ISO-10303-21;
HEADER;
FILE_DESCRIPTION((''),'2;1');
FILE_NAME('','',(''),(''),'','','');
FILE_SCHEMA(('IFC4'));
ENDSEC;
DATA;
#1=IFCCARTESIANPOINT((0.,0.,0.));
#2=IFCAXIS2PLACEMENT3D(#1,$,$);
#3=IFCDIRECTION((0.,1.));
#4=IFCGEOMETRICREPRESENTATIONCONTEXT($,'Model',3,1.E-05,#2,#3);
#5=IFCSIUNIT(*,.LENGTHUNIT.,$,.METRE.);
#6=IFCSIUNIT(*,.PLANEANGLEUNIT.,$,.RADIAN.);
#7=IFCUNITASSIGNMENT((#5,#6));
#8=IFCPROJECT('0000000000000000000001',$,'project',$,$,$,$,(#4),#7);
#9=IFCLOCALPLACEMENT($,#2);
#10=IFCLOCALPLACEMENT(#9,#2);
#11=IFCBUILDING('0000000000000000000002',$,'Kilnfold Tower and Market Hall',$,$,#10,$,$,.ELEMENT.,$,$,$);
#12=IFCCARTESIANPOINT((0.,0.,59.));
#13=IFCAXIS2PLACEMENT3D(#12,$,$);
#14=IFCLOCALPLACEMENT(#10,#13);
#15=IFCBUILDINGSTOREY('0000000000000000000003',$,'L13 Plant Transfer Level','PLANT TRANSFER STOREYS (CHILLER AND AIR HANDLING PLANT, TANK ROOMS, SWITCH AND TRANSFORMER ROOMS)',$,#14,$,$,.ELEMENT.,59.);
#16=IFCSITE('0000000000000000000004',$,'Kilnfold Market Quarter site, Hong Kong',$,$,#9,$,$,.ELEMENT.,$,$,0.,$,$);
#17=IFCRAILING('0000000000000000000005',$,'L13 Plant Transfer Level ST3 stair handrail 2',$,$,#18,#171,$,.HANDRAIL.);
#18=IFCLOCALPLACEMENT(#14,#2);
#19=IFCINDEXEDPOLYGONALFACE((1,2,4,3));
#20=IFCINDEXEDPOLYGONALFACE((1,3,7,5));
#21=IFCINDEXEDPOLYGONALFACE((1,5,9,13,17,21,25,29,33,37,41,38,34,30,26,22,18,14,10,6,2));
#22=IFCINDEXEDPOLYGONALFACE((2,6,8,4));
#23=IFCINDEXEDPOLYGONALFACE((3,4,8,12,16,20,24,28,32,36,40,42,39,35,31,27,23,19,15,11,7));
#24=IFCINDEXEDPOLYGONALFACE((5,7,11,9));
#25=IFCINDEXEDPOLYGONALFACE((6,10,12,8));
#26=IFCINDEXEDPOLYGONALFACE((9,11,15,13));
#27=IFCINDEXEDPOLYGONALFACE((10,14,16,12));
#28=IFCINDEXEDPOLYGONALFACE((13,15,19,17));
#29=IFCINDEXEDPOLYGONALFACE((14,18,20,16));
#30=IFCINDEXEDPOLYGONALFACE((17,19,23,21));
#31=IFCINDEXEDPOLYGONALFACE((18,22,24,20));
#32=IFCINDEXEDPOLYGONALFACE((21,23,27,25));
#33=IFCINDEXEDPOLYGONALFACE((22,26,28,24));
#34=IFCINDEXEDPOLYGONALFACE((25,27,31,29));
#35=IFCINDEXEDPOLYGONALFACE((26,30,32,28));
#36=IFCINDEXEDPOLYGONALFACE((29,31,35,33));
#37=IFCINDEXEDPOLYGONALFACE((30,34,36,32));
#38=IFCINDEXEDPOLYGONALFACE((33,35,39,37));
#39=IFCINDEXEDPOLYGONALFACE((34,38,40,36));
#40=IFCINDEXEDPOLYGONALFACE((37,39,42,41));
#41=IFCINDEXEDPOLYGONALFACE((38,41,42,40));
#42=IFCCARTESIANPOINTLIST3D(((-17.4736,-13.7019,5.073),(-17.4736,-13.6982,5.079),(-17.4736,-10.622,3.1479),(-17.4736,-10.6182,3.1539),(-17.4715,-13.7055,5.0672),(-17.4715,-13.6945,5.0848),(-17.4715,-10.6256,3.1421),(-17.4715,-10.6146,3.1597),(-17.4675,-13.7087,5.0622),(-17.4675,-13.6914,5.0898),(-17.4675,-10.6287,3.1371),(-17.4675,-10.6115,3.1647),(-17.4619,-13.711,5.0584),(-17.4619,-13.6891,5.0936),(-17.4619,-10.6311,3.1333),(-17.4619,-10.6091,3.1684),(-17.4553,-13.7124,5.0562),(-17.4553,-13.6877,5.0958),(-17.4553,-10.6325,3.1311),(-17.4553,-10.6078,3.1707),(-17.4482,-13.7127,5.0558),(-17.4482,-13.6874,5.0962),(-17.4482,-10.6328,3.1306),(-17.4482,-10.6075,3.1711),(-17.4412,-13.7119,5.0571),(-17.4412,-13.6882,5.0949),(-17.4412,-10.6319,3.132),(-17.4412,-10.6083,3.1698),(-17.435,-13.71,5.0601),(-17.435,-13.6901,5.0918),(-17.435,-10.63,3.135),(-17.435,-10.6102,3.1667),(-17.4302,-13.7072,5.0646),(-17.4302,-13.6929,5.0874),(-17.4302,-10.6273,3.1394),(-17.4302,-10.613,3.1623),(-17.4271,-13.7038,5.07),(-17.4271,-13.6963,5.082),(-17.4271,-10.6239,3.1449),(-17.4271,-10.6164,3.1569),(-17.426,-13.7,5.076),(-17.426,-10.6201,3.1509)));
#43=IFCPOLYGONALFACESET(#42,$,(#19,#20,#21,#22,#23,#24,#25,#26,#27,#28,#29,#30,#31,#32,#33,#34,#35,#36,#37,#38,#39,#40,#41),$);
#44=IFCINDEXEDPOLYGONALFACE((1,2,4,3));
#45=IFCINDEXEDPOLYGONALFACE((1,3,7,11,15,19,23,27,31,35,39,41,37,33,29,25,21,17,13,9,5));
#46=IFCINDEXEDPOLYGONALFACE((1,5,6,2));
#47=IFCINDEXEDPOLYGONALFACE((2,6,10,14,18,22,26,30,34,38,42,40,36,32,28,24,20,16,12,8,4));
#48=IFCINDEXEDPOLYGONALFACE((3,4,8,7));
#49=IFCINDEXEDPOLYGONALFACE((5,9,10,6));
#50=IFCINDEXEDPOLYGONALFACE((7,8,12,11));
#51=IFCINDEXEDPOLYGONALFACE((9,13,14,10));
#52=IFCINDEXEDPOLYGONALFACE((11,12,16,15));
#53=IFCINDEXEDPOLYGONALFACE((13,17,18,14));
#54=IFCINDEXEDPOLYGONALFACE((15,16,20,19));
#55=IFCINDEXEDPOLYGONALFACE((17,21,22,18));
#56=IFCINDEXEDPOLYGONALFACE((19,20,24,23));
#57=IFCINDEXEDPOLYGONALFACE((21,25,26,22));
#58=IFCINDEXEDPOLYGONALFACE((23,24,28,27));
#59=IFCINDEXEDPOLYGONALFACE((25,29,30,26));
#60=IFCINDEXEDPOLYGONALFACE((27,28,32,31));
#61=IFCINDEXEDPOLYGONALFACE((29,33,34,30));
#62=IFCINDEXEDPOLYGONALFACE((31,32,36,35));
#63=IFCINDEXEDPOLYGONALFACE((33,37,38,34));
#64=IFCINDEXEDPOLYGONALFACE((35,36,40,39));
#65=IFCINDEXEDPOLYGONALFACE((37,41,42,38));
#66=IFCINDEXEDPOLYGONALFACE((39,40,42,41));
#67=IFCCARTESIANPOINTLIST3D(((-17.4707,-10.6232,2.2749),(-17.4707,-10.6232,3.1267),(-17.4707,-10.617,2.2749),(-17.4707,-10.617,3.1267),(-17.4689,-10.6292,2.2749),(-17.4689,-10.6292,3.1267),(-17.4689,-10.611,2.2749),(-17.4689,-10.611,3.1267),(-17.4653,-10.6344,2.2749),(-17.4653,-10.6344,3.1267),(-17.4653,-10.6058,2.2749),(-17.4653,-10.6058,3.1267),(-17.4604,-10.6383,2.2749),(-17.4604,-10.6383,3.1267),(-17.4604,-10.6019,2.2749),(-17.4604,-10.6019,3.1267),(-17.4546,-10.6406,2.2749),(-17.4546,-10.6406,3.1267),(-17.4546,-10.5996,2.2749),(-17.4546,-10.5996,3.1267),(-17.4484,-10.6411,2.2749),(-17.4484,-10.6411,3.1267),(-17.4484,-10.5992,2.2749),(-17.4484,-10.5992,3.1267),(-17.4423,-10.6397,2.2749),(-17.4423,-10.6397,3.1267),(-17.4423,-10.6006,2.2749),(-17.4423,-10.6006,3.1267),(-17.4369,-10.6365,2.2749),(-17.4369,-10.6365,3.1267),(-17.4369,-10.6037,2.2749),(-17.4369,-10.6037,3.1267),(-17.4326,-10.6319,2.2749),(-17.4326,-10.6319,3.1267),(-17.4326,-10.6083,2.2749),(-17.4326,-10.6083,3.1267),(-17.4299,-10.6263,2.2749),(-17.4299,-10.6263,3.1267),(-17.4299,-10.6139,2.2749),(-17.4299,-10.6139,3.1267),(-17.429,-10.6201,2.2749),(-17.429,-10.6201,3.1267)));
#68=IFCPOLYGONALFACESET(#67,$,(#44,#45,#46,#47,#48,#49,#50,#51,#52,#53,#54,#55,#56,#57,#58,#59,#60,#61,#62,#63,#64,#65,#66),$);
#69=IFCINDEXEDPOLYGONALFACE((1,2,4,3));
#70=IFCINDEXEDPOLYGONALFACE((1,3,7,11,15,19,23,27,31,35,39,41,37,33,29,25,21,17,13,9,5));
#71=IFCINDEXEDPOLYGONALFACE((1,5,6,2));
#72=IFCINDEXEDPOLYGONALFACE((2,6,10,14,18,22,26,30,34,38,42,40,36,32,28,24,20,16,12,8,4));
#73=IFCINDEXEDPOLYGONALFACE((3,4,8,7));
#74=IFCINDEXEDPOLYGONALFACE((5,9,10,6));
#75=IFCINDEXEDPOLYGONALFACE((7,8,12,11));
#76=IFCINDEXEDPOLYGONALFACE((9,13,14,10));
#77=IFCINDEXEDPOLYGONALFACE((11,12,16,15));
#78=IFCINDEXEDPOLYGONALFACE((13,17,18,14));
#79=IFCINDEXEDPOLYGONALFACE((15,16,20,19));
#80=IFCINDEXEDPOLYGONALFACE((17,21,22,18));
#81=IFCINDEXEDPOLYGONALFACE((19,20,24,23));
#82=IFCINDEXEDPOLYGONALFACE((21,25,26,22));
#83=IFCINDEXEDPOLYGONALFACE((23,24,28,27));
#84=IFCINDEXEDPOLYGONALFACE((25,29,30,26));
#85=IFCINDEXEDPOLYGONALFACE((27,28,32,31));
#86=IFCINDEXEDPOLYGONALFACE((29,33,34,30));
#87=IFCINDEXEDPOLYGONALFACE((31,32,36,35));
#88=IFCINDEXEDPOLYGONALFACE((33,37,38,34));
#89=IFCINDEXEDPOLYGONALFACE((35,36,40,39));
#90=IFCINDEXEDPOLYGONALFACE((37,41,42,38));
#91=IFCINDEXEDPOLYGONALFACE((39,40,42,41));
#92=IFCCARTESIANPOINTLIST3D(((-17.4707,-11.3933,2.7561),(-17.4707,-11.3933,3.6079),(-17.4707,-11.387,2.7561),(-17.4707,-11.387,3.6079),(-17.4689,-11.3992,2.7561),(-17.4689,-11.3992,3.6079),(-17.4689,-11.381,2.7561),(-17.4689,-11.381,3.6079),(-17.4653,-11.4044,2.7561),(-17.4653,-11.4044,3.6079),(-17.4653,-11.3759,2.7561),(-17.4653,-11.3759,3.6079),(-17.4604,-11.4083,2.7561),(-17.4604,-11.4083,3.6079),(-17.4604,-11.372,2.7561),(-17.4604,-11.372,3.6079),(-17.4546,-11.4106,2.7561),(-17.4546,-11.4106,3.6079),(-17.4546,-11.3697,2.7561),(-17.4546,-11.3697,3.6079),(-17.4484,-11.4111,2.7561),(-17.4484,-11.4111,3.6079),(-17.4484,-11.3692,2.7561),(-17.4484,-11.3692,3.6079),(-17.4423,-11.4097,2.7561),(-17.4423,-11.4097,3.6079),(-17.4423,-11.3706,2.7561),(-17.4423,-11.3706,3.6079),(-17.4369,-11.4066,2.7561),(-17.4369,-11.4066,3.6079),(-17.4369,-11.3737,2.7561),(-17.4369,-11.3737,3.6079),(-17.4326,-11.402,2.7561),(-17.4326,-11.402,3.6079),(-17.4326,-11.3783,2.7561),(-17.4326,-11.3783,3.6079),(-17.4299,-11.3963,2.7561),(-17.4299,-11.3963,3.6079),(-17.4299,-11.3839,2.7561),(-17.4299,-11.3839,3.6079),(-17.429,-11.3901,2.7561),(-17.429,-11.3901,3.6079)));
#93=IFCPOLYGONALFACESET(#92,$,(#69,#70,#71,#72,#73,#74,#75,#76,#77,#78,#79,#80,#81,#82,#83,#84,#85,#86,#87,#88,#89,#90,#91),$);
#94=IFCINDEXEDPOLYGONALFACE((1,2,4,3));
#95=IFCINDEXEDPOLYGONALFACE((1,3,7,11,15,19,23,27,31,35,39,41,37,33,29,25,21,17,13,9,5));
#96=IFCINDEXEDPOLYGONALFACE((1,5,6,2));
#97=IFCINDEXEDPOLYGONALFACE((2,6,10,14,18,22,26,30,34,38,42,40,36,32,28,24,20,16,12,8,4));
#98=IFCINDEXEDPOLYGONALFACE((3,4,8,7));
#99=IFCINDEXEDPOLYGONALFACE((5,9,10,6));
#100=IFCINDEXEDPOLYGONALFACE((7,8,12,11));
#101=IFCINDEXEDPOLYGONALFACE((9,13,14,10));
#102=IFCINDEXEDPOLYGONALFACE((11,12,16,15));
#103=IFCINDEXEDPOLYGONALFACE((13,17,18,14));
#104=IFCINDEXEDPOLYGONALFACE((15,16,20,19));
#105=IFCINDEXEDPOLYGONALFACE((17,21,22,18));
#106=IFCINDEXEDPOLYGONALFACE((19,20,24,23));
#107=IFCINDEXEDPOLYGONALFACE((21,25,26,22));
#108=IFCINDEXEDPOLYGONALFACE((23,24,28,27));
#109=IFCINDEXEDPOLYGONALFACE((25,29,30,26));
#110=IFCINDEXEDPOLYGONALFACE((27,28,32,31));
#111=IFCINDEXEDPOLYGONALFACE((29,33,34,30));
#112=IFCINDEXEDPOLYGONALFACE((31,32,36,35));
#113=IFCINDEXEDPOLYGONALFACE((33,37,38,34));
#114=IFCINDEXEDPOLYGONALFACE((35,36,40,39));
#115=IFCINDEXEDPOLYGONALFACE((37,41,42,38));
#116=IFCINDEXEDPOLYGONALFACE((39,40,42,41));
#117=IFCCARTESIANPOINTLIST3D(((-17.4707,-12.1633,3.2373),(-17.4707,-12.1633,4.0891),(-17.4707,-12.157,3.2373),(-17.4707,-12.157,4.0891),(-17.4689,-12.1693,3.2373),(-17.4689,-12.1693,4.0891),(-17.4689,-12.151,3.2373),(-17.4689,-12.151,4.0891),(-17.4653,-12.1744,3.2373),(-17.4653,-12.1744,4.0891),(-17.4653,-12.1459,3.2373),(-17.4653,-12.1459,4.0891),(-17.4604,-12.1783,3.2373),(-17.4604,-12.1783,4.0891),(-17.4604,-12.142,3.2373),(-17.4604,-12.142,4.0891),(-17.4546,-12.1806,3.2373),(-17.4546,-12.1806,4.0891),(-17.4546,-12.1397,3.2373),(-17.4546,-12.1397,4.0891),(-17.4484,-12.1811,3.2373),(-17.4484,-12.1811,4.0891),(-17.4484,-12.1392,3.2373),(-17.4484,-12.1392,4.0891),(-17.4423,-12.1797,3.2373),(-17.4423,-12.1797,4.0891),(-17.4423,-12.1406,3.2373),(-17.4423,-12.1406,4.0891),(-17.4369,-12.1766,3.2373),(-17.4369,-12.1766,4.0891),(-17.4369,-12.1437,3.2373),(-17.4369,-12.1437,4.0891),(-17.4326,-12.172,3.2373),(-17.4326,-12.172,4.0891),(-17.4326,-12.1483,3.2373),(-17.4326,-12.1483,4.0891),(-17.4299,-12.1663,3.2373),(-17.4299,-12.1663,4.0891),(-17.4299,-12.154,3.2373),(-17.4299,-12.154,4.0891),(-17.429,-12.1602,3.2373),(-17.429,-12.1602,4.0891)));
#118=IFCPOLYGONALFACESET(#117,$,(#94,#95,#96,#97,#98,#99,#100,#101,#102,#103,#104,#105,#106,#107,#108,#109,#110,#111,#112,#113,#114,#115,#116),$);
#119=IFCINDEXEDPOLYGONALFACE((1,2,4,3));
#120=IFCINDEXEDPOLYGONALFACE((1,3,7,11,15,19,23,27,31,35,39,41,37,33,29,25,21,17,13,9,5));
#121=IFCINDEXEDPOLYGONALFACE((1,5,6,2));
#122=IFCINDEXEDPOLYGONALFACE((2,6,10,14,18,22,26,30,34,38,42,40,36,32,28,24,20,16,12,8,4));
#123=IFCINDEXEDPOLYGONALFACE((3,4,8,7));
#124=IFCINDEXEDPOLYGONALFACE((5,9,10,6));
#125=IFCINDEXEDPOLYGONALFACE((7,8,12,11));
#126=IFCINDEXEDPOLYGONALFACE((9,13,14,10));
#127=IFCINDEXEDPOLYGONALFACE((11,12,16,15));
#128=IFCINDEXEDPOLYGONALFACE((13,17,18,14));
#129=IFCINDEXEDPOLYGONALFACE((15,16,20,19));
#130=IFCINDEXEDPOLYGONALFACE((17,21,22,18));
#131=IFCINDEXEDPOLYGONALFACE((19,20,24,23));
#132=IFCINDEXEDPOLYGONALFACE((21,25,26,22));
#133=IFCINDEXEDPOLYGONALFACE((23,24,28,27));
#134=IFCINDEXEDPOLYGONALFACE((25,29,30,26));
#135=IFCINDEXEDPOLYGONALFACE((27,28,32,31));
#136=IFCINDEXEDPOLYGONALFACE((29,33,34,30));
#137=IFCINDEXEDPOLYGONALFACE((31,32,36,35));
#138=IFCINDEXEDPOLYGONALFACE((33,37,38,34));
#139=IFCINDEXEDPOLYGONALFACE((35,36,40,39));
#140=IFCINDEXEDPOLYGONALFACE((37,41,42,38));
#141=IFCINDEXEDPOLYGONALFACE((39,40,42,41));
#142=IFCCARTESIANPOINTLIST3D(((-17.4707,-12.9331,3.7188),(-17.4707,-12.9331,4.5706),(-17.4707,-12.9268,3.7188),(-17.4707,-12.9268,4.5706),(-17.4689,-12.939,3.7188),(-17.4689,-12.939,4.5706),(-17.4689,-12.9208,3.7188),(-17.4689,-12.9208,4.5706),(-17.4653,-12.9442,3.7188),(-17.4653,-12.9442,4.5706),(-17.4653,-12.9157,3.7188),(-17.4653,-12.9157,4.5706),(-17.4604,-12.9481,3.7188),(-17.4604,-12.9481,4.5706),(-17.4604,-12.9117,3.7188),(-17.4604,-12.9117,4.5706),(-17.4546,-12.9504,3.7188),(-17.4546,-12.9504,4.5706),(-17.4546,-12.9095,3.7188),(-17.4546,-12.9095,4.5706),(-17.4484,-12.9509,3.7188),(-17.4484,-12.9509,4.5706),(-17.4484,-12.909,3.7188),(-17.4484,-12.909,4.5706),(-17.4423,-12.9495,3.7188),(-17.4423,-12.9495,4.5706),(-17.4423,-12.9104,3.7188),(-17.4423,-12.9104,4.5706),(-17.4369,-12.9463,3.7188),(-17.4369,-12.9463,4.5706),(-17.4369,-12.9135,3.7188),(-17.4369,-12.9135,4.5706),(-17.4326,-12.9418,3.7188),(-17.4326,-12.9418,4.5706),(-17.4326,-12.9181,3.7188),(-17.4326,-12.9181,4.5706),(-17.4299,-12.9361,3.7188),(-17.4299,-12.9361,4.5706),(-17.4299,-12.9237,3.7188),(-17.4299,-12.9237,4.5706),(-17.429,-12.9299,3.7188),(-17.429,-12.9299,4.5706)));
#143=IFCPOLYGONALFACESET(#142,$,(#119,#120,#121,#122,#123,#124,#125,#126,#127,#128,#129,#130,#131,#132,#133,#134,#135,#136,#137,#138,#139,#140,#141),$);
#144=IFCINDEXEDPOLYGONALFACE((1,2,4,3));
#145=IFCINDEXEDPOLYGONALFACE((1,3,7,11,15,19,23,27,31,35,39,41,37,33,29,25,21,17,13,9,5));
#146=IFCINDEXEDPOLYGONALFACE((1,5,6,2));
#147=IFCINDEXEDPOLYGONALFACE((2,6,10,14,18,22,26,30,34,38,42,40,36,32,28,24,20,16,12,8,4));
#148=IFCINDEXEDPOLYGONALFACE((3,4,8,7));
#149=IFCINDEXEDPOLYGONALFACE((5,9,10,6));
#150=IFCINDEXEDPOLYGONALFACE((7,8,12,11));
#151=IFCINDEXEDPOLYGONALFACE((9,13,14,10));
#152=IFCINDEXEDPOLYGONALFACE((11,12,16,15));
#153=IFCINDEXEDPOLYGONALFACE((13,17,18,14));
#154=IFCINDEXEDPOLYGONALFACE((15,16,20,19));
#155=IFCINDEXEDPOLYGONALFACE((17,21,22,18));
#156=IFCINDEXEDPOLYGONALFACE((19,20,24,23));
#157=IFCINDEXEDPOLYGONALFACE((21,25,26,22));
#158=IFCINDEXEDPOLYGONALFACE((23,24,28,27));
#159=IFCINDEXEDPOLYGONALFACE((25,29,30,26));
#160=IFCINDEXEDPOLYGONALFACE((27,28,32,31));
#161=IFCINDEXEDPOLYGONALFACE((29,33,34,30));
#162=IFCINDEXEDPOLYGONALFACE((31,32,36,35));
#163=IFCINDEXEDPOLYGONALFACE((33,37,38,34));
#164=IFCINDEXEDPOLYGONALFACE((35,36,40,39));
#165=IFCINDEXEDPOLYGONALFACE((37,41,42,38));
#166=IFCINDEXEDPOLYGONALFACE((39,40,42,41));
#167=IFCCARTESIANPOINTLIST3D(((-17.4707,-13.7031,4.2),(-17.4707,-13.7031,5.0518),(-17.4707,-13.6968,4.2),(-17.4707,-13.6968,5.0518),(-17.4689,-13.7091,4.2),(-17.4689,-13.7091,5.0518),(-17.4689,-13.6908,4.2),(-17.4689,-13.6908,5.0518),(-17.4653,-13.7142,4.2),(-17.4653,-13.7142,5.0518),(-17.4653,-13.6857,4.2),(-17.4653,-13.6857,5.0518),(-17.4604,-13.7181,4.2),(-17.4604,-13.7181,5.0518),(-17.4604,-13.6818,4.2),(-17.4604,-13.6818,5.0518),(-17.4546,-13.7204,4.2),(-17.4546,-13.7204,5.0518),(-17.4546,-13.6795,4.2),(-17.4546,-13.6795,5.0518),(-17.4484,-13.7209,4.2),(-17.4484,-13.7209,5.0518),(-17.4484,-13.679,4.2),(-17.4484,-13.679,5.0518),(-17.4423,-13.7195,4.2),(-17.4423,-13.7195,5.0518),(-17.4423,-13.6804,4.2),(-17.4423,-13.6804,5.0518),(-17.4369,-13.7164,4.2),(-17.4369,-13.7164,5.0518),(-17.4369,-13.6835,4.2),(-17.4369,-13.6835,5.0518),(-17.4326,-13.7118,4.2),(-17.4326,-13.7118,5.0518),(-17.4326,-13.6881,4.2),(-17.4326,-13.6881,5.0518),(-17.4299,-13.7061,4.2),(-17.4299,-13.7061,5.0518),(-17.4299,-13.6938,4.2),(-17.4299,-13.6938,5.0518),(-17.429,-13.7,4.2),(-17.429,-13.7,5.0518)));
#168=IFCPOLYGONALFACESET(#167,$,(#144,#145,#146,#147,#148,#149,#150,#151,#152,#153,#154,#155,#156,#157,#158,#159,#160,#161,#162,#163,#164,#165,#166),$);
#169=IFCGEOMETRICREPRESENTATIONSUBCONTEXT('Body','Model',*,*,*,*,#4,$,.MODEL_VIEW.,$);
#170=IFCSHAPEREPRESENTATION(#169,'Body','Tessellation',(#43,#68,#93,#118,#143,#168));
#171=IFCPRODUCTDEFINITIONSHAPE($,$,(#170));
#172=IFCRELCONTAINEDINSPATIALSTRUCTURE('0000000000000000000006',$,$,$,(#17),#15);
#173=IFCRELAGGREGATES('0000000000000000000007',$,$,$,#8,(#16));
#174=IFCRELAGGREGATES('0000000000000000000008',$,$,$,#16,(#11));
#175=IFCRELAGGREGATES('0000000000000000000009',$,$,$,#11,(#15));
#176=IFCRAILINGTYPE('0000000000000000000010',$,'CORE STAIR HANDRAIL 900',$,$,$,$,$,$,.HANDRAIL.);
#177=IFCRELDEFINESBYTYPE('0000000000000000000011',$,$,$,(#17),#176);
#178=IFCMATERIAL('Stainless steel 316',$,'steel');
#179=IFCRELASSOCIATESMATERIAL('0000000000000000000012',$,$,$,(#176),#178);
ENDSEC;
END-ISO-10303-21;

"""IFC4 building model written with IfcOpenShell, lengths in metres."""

from ifc_helpers import new_model, si_unit, direction, frame, origin, origin_2d, place, context, subcontext, project, spatial, circle, extrude, material, type_object, element, save


model = new_model("IFC4")

# Units and contexts
model_context = context("Model", 3, precision=1e-05, world=origin(), true_north=direction((0.0, 1.0)))
body_context = subcontext(model_context, "Body", "Model", "MODEL_VIEW")
ifc_project = project(units=[si_unit("LENGTHUNIT", "METRE"), si_unit("PLANEANGLEUNIT", "RADIAN")], contexts=[model_context])

# Site, building, storey
site_placement = place(None, origin())
site = spatial("IfcSite", under=ifc_project, at=site_placement, Name="Kilnfold Market Quarter site, Hong Kong", CompositionType="ELEMENT", RefElevation=0.0)
building_placement = place(site_placement, origin())
building = spatial("IfcBuilding", under=site, at=building_placement, Name="Kilnfold Tower and Market Hall", CompositionType="ELEMENT")
storey_placement = place(building_placement, frame((0.0, 0.0, 59.0)))
storey = spatial("IfcBuildingStorey", under=building, at=storey_placement, Name="L13 Plant Transfer Level", Description="PLANT TRANSFER STOREYS (CHILLER AND AIR HANDLING PLANT, TANK ROOMS, SWITCH AND TRANSFORMER ROOMS)", CompositionType="ELEMENT", Elevation=59.0)

# Railing
ifc_material_1 = material(Name="Stainless steel 316", Category="steel")
railing_type_1 = type_object("IfcRailingType", Name="CORE STAIR HANDRAIL 900", PredefinedType="HANDRAIL", material=ifc_material_1)
railing_1_placement = place(storey_placement, frame((-17.45, -10.6201, 2.2749)))
element("IfcRailing", 1, at=railing_1_placement, inside=storey, type_object=railing_type_1, Name="L13 Plant Transfer Level ST3 stair handrail 2", PredefinedType="HANDRAIL", context=body_context, shape_type="SweptSolid", body=[
    extrude(circle(Radius=0.0239, at=origin_2d()), frame((0.0, 0.0, 0.876), z_axis=(0.0, -0.847979, 0.530029), x_axis=(1.0, 0.0, 0.0)), (0.0, 0.0, 1.0), 3.6321),
    extrude(circle(Radius=0.021, at=origin_2d()), origin(), (0.0, 0.0, 1.0), 0.8518),
    extrude(circle(Radius=0.021, at=origin_2d()), frame((0.0, -0.77, 0.4812)), (0.0, 0.0, 1.0), 0.8518),
    extrude(circle(Radius=0.021, at=origin_2d()), frame((0.0, -1.54, 0.9624)), (0.0, 0.0, 1.0), 0.8518),
    extrude(circle(Radius=0.021, at=origin_2d()), frame((0.0, -2.3098, 1.4438)), (0.0, 0.0, 1.0), 0.8518),
    extrude(circle(Radius=0.021, at=origin_2d()), frame((0.0, -3.0798, 1.925)), (0.0, 0.0, 1.0), 0.8518),
])

save(model, "model.ifc")
